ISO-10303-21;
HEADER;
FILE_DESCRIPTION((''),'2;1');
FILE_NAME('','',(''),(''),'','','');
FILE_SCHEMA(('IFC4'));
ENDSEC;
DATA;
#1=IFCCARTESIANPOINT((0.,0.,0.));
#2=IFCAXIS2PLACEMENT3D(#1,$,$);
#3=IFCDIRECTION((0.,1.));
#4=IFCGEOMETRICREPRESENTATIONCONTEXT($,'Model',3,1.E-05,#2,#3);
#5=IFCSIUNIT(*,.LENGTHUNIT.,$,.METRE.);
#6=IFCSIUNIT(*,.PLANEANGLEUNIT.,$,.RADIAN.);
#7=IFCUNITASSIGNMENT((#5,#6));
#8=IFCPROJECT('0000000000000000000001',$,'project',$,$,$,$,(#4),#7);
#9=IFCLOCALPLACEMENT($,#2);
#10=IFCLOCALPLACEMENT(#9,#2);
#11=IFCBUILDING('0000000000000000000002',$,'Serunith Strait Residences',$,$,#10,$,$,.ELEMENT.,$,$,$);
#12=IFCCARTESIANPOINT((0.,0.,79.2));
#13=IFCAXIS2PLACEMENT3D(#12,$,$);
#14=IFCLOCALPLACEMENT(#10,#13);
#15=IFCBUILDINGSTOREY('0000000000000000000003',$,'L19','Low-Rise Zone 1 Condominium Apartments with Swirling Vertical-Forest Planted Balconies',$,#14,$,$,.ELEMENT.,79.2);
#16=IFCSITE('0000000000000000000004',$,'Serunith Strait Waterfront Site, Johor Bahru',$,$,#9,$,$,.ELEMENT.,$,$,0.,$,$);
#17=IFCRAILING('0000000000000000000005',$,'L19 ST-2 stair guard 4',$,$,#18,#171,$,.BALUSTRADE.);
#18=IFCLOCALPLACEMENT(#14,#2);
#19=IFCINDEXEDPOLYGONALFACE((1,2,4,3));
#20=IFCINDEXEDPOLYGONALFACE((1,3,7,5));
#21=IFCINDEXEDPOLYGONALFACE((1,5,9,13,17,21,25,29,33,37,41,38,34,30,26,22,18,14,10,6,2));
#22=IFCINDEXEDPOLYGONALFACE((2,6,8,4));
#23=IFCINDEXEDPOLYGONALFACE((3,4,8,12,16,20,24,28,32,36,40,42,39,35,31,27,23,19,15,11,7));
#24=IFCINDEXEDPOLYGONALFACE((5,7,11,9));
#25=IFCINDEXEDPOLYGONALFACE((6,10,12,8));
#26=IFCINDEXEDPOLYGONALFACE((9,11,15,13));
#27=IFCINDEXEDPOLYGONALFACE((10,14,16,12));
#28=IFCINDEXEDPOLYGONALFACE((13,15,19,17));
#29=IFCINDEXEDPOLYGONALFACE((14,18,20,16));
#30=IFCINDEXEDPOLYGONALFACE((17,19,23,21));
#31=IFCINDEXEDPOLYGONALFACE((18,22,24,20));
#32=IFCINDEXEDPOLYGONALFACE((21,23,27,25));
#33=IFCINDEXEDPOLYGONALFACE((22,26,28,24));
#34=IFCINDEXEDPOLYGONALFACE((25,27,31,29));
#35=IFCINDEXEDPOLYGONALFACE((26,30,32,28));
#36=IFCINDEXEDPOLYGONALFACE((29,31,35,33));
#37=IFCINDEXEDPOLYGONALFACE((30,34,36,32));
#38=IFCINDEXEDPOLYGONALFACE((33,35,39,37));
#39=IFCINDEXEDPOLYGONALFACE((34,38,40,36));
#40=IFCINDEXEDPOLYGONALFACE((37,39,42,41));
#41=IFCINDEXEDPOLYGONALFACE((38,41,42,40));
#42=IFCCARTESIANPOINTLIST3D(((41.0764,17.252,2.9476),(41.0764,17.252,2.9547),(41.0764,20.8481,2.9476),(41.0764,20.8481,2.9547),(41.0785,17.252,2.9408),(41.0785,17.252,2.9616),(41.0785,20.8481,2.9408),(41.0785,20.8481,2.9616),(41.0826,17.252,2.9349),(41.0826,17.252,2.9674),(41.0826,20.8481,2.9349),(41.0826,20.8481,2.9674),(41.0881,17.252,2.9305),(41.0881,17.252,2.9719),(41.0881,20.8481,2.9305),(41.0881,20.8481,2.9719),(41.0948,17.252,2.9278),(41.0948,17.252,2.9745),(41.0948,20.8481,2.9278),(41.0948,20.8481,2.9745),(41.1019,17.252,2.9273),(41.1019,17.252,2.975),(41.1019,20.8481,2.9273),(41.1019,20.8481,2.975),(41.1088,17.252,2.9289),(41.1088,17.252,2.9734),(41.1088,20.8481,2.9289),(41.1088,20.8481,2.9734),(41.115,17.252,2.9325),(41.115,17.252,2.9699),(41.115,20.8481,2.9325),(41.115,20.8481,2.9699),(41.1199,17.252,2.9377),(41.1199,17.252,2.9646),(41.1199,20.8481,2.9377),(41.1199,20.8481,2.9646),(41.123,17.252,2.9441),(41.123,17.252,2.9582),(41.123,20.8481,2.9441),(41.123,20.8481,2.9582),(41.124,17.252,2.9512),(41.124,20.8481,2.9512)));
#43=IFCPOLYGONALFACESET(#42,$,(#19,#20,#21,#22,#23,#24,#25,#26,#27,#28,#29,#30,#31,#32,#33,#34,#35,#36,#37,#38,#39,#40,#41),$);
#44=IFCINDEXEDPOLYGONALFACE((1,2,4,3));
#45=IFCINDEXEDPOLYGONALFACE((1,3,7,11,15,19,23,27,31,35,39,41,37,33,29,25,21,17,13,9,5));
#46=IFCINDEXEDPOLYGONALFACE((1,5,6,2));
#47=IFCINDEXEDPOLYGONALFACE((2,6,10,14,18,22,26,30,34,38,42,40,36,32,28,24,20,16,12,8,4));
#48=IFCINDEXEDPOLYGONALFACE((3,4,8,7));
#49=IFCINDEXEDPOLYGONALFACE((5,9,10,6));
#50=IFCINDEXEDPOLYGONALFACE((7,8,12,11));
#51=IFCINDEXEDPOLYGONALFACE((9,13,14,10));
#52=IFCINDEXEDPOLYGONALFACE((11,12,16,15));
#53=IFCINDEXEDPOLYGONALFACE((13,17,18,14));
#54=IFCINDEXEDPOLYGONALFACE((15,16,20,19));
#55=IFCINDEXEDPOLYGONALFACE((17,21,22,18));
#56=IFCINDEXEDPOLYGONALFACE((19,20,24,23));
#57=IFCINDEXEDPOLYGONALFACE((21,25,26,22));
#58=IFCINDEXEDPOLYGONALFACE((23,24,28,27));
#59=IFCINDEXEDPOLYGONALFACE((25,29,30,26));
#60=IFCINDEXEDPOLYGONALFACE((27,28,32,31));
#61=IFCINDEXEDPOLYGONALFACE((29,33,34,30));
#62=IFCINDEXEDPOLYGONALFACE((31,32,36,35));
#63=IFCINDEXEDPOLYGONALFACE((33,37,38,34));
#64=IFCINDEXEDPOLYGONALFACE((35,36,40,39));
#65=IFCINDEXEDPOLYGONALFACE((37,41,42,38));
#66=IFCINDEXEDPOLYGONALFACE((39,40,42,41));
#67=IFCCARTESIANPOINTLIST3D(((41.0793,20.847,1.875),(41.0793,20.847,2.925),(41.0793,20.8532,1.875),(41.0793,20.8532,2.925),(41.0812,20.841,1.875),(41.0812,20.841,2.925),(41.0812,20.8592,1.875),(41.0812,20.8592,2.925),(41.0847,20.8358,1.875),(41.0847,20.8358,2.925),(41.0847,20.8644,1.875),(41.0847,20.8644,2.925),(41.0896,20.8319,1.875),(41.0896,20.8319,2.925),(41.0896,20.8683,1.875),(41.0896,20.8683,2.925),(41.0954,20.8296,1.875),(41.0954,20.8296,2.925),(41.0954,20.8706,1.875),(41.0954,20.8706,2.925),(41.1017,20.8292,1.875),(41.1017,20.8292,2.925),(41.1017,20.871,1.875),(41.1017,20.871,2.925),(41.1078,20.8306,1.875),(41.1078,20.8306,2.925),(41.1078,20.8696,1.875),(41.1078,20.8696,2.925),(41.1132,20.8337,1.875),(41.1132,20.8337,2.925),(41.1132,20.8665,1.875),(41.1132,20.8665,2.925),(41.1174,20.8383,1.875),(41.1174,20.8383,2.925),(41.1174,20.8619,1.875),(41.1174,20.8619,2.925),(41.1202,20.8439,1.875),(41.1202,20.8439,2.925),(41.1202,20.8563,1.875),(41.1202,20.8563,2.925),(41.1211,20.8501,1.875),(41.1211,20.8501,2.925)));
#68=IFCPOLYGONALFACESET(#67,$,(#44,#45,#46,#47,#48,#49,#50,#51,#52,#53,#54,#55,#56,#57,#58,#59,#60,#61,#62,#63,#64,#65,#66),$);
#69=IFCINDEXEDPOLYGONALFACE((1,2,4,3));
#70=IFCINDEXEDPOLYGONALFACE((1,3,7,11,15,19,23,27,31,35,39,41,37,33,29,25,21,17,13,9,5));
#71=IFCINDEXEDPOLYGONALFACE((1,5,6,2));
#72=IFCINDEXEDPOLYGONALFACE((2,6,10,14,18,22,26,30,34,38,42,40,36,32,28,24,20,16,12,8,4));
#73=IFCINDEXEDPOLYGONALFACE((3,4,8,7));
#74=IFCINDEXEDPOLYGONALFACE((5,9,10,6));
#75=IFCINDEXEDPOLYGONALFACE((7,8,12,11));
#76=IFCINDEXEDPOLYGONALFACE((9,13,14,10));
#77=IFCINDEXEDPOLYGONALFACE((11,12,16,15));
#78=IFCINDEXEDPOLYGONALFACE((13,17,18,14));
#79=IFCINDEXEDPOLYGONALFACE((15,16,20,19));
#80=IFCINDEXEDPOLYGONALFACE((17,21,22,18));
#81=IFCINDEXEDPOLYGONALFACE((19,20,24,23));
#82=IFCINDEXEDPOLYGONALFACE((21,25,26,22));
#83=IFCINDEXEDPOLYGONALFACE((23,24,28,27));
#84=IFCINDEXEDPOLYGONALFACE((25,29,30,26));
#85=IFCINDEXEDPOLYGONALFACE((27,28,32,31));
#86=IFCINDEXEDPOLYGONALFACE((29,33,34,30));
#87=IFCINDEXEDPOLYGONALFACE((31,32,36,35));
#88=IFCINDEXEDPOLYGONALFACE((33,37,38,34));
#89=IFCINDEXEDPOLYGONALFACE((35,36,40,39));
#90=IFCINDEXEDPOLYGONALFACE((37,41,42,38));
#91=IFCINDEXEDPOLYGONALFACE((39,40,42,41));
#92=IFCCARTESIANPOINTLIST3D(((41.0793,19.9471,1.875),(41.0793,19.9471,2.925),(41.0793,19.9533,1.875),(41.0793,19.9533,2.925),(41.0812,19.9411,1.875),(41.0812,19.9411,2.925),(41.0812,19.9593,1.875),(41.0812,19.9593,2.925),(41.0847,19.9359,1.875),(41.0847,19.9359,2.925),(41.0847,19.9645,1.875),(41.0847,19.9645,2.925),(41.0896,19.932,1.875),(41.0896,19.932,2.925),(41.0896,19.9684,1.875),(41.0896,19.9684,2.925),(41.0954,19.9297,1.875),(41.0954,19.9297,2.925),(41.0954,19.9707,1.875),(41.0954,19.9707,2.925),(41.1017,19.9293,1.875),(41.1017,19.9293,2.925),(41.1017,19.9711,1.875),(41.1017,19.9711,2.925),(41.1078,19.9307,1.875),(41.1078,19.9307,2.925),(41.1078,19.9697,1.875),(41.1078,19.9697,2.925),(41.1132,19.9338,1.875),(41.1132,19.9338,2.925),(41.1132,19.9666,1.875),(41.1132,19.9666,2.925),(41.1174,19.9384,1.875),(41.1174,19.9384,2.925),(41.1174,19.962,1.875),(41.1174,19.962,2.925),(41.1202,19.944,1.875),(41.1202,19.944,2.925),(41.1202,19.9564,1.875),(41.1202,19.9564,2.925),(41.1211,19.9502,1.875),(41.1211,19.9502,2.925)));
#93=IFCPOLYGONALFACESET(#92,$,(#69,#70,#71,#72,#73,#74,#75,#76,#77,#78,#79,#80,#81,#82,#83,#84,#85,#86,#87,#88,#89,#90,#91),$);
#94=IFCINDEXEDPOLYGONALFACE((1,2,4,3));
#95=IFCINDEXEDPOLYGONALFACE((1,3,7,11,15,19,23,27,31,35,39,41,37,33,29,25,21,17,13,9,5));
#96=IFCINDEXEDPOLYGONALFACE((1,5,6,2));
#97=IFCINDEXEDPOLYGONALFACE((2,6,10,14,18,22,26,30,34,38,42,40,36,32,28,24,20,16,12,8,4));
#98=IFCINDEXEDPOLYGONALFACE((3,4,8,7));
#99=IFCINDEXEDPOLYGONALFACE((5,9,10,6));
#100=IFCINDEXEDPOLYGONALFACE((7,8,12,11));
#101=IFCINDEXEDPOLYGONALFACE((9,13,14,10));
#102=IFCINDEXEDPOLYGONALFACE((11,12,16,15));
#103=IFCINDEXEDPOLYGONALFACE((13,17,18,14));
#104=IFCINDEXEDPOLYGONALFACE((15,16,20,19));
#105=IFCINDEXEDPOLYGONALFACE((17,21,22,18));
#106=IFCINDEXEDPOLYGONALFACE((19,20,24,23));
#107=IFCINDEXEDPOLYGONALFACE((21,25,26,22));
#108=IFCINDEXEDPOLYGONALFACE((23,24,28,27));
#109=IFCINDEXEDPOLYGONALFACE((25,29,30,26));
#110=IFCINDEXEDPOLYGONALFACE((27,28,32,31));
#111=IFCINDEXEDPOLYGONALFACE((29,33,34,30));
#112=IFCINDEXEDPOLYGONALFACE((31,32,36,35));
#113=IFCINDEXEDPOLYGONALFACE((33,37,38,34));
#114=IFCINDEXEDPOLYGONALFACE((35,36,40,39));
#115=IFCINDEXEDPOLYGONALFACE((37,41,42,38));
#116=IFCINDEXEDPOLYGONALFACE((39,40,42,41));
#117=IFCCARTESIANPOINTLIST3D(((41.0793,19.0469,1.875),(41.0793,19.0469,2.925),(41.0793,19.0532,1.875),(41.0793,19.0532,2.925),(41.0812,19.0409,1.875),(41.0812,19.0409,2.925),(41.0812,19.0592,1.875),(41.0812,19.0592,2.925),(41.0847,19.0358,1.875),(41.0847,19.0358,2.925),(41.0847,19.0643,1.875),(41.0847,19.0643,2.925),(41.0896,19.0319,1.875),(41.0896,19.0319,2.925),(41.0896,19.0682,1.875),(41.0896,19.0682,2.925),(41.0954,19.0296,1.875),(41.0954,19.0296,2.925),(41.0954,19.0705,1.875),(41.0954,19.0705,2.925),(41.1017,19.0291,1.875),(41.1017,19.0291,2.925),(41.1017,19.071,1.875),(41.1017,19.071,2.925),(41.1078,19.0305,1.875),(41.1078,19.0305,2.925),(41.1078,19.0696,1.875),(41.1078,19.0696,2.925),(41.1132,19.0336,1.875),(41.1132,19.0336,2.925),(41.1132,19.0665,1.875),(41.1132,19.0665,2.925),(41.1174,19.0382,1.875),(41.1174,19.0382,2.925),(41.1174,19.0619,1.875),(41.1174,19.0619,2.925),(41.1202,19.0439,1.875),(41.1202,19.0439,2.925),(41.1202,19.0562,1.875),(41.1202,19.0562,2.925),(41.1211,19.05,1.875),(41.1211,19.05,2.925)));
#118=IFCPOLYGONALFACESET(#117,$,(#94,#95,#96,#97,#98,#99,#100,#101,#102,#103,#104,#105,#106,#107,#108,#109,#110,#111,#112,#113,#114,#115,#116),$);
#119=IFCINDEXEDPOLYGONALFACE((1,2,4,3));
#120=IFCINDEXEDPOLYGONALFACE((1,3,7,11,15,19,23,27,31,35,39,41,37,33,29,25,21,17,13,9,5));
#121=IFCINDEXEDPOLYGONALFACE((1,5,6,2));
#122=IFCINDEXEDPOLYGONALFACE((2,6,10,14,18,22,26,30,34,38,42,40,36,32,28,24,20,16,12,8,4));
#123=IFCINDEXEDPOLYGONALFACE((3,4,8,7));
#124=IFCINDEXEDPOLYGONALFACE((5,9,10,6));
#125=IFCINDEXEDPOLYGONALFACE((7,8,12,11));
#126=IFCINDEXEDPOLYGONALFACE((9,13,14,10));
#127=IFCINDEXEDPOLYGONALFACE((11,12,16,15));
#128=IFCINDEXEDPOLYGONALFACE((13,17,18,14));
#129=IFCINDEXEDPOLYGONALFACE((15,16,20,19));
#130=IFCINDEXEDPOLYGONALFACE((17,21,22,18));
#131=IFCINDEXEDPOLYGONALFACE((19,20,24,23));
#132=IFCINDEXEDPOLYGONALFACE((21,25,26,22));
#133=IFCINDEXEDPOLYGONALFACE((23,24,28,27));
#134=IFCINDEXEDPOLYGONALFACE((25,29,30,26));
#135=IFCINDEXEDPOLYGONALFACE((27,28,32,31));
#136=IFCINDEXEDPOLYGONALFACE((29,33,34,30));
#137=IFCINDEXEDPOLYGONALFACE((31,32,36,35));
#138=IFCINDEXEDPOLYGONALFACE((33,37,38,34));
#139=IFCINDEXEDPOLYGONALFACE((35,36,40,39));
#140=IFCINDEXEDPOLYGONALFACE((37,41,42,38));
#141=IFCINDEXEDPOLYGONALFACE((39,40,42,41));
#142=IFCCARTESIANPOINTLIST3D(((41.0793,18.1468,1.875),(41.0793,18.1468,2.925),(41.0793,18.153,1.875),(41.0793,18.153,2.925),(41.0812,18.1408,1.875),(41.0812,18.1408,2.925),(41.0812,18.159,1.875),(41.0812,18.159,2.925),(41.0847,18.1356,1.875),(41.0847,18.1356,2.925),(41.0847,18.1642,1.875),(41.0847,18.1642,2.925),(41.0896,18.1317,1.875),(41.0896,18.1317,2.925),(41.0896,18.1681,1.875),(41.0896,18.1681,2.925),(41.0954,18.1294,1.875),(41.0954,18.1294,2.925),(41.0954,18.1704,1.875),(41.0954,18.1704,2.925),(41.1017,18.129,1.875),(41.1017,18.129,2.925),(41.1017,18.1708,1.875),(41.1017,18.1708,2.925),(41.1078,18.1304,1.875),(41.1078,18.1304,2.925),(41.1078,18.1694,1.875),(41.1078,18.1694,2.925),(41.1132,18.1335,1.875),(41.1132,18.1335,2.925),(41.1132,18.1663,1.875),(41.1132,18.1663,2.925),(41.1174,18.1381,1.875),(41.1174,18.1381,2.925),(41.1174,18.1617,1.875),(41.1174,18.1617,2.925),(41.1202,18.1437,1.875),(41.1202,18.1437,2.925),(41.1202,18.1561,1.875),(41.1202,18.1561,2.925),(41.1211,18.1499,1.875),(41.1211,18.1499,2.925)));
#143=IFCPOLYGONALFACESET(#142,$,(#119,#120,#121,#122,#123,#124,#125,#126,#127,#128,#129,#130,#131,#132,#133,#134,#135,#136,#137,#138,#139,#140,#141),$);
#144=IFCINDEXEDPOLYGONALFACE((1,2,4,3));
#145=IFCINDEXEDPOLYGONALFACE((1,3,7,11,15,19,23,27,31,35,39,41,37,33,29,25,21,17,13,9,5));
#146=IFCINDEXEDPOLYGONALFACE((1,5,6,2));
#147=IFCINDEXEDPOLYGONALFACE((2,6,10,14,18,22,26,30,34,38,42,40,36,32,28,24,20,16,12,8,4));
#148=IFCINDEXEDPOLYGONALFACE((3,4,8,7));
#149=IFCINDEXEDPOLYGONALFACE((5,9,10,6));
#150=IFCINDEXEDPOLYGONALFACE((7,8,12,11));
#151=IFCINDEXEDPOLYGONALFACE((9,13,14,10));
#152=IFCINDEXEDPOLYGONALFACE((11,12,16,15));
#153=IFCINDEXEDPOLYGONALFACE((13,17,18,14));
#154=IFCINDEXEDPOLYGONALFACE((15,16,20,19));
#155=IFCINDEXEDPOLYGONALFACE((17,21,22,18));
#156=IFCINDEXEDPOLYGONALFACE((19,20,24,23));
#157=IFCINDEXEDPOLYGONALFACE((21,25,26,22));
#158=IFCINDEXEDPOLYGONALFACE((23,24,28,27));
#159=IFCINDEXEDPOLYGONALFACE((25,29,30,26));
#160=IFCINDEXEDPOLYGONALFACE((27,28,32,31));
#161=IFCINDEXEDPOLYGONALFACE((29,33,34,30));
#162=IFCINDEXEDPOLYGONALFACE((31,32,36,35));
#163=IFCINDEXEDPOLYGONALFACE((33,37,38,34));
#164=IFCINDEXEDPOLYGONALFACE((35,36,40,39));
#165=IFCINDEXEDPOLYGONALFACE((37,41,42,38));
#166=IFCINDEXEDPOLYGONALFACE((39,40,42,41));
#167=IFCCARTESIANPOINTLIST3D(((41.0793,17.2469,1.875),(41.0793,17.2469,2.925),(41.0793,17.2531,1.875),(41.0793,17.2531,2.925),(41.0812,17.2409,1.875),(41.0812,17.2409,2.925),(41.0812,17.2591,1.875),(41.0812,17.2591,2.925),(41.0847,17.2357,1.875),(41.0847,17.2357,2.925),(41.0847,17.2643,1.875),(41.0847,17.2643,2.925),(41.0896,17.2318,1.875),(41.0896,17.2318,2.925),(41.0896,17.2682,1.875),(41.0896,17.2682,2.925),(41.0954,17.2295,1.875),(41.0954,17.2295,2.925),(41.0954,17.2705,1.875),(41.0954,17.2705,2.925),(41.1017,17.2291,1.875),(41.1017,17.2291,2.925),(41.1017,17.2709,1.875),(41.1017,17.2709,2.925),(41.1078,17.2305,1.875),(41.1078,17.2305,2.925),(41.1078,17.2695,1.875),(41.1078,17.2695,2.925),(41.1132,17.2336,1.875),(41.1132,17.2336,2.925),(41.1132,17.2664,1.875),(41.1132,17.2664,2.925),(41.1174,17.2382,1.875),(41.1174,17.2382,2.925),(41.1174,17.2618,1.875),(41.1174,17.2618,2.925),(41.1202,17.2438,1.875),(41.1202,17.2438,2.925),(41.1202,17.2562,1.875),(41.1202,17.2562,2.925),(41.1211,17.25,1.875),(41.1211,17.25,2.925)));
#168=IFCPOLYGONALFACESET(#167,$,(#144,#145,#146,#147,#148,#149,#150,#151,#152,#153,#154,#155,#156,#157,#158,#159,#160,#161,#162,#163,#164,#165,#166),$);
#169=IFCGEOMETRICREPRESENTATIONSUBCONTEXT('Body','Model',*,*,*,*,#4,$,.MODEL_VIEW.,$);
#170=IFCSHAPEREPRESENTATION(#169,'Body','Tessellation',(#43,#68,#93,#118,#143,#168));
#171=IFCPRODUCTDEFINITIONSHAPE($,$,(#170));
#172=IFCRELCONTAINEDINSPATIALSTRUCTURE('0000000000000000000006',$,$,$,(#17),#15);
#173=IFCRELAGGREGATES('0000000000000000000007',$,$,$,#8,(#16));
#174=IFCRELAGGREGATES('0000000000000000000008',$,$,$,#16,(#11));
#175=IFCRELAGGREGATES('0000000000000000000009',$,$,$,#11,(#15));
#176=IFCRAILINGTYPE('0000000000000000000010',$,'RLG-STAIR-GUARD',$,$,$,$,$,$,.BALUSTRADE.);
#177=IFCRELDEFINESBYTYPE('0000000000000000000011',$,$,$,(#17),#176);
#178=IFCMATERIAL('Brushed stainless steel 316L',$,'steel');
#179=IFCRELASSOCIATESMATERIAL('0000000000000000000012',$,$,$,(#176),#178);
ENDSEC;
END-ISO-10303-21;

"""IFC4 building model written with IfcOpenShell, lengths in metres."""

from ifc_helpers import new_model, si_unit, direction, frame, origin, origin_2d, place, context, subcontext, project, spatial, circle, extrude, material, type_object, element, save


model = new_model("IFC4")

# Units and contexts
model_context = context("Model", 3, precision=1e-05, world=origin(), true_north=direction((0.0, 1.0)))
body_context = subcontext(model_context, "Body", "Model", "MODEL_VIEW")
ifc_project = project(units=[si_unit("LENGTHUNIT", "METRE"), si_unit("PLANEANGLEUNIT", "RADIAN")], contexts=[model_context])

# Site, building, storey
site_placement = place(None, origin())
site = spatial("IfcSite", under=ifc_project, at=site_placement, Name="Serunith Strait Waterfront Site, Johor Bahru", CompositionType="ELEMENT", RefElevation=0.0)
building_placement = place(site_placement, origin())
building = spatial("IfcBuilding", under=site, at=building_placement, Name="Serunith Strait Residences", CompositionType="ELEMENT")
storey_placement = place(building_placement, frame((0.0, 0.0, 79.2)))
storey = spatial("IfcBuildingStorey", under=building, at=storey_placement, Name="L19", Description="Low-Rise Zone 1 Condominium Apartments with Swirling Vertical-Forest Planted Balconies", CompositionType="ELEMENT", Elevation=79.2)

# Railing
ifc_material_1 = material(Name="Brushed stainless steel 316L", Category="steel")
railing_type_1 = type_object("IfcRailingType", Name="RLG-STAIR-GUARD", PredefinedType="BALUSTRADE", material=ifc_material_1)
for number, where, name in (
    (1, (41.1001, 20.8501, 1.875), "L19 ST-2 stair guard 4"),
):
    element("IfcRailing", number, at=place(storey_placement, frame(where)), inside=storey, type_object=railing_type_1, Name=name, PredefinedType="BALUSTRADE", context=body_context, shape_type="SweptSolid", body=[
        extrude(circle(Radius=0.0239, at=origin_2d()), frame((0.0, -0.002, 1.0762), z_axis=(0.0, -1.0, 0.0), x_axis=(1.0, 0.0, 0.0)), (0.0, 0.0, 1.0), 3.5962),
        extrude(circle(Radius=0.021, at=origin_2d()), origin(), (0.0, 0.0, 1.0), 1.05),
        extrude(circle(Radius=0.021, at=origin_2d()), frame((0.0, -0.8999, 0.0)), (0.0, 0.0, 1.0), 1.05),
        extrude(circle(Radius=0.021, at=origin_2d()), frame((0.0, -1.8, 0.0)), (0.0, 0.0, 1.0), 1.05),
        extrude(circle(Radius=0.021, at=origin_2d()), frame((0.0, -2.7002, 0.0)), (0.0, 0.0, 1.0), 1.05),
        extrude(circle(Radius=0.021, at=origin_2d()), frame((0.0, -3.6001, 0.0)), (0.0, 0.0, 1.0), 1.05),
    ])

save(model, "model.ifc")
